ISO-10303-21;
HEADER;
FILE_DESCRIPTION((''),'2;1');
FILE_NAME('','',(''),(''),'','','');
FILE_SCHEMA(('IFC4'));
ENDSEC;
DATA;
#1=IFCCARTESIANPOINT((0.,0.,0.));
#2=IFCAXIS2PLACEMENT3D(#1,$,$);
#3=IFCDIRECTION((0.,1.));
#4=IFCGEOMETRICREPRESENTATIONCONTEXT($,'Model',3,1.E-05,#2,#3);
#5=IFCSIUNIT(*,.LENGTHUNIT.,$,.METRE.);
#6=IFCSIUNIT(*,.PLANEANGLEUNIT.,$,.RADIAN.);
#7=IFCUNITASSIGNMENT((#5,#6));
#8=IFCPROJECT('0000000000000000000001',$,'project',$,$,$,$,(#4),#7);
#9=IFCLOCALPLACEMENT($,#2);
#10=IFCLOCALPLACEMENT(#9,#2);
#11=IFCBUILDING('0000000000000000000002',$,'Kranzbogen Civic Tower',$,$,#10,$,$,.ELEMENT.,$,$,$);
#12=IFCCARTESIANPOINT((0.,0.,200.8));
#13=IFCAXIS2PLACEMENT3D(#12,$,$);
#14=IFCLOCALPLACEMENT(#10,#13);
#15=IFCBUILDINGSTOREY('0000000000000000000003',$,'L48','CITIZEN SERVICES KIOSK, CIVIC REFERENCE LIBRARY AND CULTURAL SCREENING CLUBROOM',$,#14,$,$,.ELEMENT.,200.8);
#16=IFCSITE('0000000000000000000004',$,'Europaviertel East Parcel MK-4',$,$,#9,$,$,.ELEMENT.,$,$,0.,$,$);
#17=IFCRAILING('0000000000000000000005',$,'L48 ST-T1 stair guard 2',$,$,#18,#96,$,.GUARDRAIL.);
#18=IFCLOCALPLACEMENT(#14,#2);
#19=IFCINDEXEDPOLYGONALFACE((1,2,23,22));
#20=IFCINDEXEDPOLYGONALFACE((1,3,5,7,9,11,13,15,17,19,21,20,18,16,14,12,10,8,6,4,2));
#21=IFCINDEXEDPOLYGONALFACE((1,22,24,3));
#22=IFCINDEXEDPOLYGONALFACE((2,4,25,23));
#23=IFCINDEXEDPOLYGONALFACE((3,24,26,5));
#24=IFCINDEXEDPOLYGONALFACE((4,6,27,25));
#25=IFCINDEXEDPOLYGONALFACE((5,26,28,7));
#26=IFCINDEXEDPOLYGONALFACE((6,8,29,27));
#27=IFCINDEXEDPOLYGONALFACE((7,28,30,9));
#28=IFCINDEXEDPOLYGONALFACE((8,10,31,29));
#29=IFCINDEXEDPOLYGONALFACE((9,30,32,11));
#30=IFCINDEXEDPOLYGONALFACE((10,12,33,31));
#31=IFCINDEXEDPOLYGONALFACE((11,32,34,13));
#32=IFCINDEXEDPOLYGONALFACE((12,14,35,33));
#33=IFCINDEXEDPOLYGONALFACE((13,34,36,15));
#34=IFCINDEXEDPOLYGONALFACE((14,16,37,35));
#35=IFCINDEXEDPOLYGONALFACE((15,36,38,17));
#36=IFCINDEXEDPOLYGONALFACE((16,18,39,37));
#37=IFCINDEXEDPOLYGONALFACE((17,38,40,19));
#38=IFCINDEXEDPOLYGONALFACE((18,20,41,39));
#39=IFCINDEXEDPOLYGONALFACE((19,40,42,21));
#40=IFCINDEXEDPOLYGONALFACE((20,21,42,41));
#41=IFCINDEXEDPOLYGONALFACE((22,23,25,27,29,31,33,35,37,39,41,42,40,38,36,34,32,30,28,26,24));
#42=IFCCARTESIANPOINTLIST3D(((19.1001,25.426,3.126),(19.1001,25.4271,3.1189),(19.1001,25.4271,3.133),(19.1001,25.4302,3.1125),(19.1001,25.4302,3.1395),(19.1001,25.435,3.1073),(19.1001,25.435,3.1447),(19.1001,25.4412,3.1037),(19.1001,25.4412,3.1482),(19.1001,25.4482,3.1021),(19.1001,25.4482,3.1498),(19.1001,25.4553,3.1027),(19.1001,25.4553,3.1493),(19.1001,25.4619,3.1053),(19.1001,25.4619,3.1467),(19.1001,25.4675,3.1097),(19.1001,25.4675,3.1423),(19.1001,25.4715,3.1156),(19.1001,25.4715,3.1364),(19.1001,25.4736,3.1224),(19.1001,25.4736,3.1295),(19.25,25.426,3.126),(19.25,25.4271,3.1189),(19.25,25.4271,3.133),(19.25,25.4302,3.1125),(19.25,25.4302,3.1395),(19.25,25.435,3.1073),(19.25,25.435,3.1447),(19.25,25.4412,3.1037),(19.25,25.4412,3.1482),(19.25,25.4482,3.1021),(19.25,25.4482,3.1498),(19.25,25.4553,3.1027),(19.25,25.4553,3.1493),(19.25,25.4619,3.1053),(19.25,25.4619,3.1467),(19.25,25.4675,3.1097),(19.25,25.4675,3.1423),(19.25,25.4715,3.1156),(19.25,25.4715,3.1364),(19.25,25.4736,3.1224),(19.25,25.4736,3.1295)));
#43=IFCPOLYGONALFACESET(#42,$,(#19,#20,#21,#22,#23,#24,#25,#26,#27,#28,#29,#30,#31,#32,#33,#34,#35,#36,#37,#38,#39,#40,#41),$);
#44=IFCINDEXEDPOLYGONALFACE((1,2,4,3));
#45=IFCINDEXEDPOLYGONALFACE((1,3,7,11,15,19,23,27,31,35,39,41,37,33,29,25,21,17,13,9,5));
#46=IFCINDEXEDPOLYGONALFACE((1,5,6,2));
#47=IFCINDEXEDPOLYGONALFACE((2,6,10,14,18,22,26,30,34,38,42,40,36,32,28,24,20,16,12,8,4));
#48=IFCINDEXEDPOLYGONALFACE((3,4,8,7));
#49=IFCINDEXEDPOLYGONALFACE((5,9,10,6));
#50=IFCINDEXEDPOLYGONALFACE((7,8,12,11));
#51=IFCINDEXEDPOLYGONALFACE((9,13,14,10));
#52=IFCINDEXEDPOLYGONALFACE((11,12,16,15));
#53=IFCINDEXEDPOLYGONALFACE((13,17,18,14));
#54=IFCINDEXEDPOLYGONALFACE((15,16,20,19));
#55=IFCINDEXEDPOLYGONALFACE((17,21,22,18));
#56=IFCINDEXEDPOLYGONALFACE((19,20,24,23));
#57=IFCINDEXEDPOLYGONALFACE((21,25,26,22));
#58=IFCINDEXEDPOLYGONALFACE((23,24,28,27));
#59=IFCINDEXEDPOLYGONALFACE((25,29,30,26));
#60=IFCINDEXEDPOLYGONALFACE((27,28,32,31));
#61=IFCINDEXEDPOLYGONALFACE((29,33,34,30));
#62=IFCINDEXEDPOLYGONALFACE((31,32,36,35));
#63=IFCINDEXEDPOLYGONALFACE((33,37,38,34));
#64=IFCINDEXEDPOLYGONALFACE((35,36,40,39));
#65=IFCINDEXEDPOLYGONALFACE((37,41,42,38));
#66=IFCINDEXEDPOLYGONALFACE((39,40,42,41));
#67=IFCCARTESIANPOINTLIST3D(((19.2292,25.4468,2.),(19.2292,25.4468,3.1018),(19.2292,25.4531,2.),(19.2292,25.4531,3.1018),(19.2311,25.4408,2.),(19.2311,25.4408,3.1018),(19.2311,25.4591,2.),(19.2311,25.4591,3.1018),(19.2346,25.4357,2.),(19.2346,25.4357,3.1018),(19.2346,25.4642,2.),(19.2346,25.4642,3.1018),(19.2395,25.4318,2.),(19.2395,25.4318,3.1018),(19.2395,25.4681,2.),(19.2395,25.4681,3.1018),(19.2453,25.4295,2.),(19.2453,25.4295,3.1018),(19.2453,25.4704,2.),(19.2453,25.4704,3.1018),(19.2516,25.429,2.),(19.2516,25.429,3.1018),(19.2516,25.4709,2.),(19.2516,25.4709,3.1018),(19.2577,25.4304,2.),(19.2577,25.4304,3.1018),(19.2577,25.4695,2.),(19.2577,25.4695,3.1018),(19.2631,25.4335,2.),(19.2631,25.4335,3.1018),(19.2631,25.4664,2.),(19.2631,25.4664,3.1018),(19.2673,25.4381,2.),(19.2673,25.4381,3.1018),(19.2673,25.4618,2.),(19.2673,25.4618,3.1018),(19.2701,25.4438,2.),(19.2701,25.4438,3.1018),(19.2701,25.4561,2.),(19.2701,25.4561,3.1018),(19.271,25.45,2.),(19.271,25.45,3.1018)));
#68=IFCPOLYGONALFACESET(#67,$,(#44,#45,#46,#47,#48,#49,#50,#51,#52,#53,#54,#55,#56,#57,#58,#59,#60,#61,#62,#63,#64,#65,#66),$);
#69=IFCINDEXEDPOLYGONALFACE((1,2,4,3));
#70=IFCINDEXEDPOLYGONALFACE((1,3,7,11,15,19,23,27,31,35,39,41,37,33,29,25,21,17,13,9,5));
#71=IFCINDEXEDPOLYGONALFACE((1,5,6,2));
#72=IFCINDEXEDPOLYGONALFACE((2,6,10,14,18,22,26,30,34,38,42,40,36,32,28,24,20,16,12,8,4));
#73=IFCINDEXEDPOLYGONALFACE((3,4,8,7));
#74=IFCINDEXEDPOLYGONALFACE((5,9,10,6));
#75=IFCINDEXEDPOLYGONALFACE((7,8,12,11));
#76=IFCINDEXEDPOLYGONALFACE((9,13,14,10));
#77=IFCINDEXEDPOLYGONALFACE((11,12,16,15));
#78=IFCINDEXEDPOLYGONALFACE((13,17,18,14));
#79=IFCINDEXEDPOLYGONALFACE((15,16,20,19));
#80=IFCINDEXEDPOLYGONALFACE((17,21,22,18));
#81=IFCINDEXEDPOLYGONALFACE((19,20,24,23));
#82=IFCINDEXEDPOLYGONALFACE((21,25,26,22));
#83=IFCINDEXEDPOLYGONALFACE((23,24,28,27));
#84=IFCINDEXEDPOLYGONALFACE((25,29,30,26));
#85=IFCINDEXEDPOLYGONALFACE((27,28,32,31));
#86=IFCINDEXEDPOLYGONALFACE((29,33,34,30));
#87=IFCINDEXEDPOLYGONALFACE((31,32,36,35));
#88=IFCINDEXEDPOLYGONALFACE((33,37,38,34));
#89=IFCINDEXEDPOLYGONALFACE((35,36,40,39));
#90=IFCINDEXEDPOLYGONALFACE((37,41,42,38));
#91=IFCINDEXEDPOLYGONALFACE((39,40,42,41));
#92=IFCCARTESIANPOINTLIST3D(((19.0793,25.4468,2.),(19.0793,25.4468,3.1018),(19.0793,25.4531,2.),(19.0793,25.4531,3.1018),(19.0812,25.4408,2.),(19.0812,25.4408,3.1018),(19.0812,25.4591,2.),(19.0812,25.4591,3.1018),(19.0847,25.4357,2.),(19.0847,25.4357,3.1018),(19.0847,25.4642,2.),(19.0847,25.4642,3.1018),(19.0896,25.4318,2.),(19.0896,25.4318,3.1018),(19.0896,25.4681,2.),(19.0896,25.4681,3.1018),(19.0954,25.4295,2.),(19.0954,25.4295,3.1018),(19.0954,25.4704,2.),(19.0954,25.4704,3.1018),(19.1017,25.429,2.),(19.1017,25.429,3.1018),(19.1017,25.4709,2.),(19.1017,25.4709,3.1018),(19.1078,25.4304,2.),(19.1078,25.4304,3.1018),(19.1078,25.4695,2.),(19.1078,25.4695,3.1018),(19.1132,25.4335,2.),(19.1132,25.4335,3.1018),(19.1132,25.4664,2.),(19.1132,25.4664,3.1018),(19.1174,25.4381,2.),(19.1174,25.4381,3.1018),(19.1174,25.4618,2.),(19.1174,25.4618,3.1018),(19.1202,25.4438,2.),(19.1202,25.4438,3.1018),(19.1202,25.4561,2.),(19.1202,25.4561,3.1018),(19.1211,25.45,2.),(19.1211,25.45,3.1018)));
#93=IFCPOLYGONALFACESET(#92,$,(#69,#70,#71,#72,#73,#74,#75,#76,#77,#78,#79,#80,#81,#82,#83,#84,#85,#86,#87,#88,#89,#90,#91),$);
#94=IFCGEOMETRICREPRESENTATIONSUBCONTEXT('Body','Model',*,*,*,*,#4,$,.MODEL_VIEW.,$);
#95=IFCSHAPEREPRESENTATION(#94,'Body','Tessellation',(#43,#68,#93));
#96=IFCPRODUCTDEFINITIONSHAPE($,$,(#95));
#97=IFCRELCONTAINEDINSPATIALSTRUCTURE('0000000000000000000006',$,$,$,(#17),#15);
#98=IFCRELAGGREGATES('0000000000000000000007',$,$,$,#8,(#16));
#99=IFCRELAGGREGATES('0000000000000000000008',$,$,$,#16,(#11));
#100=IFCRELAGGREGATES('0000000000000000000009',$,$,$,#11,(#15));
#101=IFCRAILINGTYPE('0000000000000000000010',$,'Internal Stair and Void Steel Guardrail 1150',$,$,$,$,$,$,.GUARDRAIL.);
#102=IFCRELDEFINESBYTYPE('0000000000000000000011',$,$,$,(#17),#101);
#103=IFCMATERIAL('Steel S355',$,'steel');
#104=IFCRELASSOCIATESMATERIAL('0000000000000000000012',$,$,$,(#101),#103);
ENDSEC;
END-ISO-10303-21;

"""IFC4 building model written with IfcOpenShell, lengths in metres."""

from ifc_helpers import new_model, si_unit, direction, frame, origin, origin_2d, place, context, subcontext, project, spatial, circle, extrude, material, type_object, element, save


model = new_model("IFC4")

# Units and contexts
model_context = context("Model", 3, precision=1e-05, world=origin(), true_north=direction((0.0, 1.0)))
body_context = subcontext(model_context, "Body", "Model", "MODEL_VIEW")
ifc_project = project(units=[si_unit("LENGTHUNIT", "METRE"), si_unit("PLANEANGLEUNIT", "RADIAN")], contexts=[model_context])

# Site, building, storey
site_placement = place(None, origin())
site = spatial("IfcSite", under=ifc_project, at=site_placement, Name="Europaviertel East Parcel MK-4", CompositionType="ELEMENT", RefElevation=0.0)
building_placement = place(site_placement, origin())
building = spatial("IfcBuilding", under=site, at=building_placement, Name="Kranzbogen Civic Tower", CompositionType="ELEMENT")
storey_placement = place(building_placement, frame((0.0, 0.0, 200.8)))
storey = spatial("IfcBuildingStorey", under=building, at=storey_placement, Name="L48", Description="CITIZEN SERVICES KIOSK, CIVIC REFERENCE LIBRARY AND CULTURAL SCREENING CLUBROOM", CompositionType="ELEMENT", Elevation=200.8)

# Shared definitions
ifc_material_1 = material(Name="Steel S355", Category="steel")

# Railing
railing_type_1 = type_object("IfcRailingType", Name="Internal Stair and Void Steel Guardrail 1150", PredefinedType="GUARDRAIL", material=ifc_material_1)
railing_1_placement = place(storey_placement, frame((19.25, 25.45, 2.0)))
element("IfcRailing", 1, at=railing_1_placement, inside=storey, type_object=railing_type_1, Name="L48 ST-T1 stair guard 2", PredefinedType="GUARDRAIL", context=body_context, shape_type="SweptSolid", body=[
    extrude(circle(Radius=0.0239, at=origin_2d()), frame((0.0, 0.0, 1.126), z_axis=(-1.0, 0.0, 0.0), x_axis=(0.0, -1.0, 0.0)), (0.0, 0.0, 1.0), 0.1499),
    extrude(circle(Radius=0.021, at=origin_2d()), origin(), (0.0, 0.0, 1.0), 1.1018),
    extrude(circle(Radius=0.021, at=origin_2d()), frame((-0.1499, 0.0, 0.0)), (0.0, 0.0, 1.0), 1.1018),
])

save(model, "model.ifc")
